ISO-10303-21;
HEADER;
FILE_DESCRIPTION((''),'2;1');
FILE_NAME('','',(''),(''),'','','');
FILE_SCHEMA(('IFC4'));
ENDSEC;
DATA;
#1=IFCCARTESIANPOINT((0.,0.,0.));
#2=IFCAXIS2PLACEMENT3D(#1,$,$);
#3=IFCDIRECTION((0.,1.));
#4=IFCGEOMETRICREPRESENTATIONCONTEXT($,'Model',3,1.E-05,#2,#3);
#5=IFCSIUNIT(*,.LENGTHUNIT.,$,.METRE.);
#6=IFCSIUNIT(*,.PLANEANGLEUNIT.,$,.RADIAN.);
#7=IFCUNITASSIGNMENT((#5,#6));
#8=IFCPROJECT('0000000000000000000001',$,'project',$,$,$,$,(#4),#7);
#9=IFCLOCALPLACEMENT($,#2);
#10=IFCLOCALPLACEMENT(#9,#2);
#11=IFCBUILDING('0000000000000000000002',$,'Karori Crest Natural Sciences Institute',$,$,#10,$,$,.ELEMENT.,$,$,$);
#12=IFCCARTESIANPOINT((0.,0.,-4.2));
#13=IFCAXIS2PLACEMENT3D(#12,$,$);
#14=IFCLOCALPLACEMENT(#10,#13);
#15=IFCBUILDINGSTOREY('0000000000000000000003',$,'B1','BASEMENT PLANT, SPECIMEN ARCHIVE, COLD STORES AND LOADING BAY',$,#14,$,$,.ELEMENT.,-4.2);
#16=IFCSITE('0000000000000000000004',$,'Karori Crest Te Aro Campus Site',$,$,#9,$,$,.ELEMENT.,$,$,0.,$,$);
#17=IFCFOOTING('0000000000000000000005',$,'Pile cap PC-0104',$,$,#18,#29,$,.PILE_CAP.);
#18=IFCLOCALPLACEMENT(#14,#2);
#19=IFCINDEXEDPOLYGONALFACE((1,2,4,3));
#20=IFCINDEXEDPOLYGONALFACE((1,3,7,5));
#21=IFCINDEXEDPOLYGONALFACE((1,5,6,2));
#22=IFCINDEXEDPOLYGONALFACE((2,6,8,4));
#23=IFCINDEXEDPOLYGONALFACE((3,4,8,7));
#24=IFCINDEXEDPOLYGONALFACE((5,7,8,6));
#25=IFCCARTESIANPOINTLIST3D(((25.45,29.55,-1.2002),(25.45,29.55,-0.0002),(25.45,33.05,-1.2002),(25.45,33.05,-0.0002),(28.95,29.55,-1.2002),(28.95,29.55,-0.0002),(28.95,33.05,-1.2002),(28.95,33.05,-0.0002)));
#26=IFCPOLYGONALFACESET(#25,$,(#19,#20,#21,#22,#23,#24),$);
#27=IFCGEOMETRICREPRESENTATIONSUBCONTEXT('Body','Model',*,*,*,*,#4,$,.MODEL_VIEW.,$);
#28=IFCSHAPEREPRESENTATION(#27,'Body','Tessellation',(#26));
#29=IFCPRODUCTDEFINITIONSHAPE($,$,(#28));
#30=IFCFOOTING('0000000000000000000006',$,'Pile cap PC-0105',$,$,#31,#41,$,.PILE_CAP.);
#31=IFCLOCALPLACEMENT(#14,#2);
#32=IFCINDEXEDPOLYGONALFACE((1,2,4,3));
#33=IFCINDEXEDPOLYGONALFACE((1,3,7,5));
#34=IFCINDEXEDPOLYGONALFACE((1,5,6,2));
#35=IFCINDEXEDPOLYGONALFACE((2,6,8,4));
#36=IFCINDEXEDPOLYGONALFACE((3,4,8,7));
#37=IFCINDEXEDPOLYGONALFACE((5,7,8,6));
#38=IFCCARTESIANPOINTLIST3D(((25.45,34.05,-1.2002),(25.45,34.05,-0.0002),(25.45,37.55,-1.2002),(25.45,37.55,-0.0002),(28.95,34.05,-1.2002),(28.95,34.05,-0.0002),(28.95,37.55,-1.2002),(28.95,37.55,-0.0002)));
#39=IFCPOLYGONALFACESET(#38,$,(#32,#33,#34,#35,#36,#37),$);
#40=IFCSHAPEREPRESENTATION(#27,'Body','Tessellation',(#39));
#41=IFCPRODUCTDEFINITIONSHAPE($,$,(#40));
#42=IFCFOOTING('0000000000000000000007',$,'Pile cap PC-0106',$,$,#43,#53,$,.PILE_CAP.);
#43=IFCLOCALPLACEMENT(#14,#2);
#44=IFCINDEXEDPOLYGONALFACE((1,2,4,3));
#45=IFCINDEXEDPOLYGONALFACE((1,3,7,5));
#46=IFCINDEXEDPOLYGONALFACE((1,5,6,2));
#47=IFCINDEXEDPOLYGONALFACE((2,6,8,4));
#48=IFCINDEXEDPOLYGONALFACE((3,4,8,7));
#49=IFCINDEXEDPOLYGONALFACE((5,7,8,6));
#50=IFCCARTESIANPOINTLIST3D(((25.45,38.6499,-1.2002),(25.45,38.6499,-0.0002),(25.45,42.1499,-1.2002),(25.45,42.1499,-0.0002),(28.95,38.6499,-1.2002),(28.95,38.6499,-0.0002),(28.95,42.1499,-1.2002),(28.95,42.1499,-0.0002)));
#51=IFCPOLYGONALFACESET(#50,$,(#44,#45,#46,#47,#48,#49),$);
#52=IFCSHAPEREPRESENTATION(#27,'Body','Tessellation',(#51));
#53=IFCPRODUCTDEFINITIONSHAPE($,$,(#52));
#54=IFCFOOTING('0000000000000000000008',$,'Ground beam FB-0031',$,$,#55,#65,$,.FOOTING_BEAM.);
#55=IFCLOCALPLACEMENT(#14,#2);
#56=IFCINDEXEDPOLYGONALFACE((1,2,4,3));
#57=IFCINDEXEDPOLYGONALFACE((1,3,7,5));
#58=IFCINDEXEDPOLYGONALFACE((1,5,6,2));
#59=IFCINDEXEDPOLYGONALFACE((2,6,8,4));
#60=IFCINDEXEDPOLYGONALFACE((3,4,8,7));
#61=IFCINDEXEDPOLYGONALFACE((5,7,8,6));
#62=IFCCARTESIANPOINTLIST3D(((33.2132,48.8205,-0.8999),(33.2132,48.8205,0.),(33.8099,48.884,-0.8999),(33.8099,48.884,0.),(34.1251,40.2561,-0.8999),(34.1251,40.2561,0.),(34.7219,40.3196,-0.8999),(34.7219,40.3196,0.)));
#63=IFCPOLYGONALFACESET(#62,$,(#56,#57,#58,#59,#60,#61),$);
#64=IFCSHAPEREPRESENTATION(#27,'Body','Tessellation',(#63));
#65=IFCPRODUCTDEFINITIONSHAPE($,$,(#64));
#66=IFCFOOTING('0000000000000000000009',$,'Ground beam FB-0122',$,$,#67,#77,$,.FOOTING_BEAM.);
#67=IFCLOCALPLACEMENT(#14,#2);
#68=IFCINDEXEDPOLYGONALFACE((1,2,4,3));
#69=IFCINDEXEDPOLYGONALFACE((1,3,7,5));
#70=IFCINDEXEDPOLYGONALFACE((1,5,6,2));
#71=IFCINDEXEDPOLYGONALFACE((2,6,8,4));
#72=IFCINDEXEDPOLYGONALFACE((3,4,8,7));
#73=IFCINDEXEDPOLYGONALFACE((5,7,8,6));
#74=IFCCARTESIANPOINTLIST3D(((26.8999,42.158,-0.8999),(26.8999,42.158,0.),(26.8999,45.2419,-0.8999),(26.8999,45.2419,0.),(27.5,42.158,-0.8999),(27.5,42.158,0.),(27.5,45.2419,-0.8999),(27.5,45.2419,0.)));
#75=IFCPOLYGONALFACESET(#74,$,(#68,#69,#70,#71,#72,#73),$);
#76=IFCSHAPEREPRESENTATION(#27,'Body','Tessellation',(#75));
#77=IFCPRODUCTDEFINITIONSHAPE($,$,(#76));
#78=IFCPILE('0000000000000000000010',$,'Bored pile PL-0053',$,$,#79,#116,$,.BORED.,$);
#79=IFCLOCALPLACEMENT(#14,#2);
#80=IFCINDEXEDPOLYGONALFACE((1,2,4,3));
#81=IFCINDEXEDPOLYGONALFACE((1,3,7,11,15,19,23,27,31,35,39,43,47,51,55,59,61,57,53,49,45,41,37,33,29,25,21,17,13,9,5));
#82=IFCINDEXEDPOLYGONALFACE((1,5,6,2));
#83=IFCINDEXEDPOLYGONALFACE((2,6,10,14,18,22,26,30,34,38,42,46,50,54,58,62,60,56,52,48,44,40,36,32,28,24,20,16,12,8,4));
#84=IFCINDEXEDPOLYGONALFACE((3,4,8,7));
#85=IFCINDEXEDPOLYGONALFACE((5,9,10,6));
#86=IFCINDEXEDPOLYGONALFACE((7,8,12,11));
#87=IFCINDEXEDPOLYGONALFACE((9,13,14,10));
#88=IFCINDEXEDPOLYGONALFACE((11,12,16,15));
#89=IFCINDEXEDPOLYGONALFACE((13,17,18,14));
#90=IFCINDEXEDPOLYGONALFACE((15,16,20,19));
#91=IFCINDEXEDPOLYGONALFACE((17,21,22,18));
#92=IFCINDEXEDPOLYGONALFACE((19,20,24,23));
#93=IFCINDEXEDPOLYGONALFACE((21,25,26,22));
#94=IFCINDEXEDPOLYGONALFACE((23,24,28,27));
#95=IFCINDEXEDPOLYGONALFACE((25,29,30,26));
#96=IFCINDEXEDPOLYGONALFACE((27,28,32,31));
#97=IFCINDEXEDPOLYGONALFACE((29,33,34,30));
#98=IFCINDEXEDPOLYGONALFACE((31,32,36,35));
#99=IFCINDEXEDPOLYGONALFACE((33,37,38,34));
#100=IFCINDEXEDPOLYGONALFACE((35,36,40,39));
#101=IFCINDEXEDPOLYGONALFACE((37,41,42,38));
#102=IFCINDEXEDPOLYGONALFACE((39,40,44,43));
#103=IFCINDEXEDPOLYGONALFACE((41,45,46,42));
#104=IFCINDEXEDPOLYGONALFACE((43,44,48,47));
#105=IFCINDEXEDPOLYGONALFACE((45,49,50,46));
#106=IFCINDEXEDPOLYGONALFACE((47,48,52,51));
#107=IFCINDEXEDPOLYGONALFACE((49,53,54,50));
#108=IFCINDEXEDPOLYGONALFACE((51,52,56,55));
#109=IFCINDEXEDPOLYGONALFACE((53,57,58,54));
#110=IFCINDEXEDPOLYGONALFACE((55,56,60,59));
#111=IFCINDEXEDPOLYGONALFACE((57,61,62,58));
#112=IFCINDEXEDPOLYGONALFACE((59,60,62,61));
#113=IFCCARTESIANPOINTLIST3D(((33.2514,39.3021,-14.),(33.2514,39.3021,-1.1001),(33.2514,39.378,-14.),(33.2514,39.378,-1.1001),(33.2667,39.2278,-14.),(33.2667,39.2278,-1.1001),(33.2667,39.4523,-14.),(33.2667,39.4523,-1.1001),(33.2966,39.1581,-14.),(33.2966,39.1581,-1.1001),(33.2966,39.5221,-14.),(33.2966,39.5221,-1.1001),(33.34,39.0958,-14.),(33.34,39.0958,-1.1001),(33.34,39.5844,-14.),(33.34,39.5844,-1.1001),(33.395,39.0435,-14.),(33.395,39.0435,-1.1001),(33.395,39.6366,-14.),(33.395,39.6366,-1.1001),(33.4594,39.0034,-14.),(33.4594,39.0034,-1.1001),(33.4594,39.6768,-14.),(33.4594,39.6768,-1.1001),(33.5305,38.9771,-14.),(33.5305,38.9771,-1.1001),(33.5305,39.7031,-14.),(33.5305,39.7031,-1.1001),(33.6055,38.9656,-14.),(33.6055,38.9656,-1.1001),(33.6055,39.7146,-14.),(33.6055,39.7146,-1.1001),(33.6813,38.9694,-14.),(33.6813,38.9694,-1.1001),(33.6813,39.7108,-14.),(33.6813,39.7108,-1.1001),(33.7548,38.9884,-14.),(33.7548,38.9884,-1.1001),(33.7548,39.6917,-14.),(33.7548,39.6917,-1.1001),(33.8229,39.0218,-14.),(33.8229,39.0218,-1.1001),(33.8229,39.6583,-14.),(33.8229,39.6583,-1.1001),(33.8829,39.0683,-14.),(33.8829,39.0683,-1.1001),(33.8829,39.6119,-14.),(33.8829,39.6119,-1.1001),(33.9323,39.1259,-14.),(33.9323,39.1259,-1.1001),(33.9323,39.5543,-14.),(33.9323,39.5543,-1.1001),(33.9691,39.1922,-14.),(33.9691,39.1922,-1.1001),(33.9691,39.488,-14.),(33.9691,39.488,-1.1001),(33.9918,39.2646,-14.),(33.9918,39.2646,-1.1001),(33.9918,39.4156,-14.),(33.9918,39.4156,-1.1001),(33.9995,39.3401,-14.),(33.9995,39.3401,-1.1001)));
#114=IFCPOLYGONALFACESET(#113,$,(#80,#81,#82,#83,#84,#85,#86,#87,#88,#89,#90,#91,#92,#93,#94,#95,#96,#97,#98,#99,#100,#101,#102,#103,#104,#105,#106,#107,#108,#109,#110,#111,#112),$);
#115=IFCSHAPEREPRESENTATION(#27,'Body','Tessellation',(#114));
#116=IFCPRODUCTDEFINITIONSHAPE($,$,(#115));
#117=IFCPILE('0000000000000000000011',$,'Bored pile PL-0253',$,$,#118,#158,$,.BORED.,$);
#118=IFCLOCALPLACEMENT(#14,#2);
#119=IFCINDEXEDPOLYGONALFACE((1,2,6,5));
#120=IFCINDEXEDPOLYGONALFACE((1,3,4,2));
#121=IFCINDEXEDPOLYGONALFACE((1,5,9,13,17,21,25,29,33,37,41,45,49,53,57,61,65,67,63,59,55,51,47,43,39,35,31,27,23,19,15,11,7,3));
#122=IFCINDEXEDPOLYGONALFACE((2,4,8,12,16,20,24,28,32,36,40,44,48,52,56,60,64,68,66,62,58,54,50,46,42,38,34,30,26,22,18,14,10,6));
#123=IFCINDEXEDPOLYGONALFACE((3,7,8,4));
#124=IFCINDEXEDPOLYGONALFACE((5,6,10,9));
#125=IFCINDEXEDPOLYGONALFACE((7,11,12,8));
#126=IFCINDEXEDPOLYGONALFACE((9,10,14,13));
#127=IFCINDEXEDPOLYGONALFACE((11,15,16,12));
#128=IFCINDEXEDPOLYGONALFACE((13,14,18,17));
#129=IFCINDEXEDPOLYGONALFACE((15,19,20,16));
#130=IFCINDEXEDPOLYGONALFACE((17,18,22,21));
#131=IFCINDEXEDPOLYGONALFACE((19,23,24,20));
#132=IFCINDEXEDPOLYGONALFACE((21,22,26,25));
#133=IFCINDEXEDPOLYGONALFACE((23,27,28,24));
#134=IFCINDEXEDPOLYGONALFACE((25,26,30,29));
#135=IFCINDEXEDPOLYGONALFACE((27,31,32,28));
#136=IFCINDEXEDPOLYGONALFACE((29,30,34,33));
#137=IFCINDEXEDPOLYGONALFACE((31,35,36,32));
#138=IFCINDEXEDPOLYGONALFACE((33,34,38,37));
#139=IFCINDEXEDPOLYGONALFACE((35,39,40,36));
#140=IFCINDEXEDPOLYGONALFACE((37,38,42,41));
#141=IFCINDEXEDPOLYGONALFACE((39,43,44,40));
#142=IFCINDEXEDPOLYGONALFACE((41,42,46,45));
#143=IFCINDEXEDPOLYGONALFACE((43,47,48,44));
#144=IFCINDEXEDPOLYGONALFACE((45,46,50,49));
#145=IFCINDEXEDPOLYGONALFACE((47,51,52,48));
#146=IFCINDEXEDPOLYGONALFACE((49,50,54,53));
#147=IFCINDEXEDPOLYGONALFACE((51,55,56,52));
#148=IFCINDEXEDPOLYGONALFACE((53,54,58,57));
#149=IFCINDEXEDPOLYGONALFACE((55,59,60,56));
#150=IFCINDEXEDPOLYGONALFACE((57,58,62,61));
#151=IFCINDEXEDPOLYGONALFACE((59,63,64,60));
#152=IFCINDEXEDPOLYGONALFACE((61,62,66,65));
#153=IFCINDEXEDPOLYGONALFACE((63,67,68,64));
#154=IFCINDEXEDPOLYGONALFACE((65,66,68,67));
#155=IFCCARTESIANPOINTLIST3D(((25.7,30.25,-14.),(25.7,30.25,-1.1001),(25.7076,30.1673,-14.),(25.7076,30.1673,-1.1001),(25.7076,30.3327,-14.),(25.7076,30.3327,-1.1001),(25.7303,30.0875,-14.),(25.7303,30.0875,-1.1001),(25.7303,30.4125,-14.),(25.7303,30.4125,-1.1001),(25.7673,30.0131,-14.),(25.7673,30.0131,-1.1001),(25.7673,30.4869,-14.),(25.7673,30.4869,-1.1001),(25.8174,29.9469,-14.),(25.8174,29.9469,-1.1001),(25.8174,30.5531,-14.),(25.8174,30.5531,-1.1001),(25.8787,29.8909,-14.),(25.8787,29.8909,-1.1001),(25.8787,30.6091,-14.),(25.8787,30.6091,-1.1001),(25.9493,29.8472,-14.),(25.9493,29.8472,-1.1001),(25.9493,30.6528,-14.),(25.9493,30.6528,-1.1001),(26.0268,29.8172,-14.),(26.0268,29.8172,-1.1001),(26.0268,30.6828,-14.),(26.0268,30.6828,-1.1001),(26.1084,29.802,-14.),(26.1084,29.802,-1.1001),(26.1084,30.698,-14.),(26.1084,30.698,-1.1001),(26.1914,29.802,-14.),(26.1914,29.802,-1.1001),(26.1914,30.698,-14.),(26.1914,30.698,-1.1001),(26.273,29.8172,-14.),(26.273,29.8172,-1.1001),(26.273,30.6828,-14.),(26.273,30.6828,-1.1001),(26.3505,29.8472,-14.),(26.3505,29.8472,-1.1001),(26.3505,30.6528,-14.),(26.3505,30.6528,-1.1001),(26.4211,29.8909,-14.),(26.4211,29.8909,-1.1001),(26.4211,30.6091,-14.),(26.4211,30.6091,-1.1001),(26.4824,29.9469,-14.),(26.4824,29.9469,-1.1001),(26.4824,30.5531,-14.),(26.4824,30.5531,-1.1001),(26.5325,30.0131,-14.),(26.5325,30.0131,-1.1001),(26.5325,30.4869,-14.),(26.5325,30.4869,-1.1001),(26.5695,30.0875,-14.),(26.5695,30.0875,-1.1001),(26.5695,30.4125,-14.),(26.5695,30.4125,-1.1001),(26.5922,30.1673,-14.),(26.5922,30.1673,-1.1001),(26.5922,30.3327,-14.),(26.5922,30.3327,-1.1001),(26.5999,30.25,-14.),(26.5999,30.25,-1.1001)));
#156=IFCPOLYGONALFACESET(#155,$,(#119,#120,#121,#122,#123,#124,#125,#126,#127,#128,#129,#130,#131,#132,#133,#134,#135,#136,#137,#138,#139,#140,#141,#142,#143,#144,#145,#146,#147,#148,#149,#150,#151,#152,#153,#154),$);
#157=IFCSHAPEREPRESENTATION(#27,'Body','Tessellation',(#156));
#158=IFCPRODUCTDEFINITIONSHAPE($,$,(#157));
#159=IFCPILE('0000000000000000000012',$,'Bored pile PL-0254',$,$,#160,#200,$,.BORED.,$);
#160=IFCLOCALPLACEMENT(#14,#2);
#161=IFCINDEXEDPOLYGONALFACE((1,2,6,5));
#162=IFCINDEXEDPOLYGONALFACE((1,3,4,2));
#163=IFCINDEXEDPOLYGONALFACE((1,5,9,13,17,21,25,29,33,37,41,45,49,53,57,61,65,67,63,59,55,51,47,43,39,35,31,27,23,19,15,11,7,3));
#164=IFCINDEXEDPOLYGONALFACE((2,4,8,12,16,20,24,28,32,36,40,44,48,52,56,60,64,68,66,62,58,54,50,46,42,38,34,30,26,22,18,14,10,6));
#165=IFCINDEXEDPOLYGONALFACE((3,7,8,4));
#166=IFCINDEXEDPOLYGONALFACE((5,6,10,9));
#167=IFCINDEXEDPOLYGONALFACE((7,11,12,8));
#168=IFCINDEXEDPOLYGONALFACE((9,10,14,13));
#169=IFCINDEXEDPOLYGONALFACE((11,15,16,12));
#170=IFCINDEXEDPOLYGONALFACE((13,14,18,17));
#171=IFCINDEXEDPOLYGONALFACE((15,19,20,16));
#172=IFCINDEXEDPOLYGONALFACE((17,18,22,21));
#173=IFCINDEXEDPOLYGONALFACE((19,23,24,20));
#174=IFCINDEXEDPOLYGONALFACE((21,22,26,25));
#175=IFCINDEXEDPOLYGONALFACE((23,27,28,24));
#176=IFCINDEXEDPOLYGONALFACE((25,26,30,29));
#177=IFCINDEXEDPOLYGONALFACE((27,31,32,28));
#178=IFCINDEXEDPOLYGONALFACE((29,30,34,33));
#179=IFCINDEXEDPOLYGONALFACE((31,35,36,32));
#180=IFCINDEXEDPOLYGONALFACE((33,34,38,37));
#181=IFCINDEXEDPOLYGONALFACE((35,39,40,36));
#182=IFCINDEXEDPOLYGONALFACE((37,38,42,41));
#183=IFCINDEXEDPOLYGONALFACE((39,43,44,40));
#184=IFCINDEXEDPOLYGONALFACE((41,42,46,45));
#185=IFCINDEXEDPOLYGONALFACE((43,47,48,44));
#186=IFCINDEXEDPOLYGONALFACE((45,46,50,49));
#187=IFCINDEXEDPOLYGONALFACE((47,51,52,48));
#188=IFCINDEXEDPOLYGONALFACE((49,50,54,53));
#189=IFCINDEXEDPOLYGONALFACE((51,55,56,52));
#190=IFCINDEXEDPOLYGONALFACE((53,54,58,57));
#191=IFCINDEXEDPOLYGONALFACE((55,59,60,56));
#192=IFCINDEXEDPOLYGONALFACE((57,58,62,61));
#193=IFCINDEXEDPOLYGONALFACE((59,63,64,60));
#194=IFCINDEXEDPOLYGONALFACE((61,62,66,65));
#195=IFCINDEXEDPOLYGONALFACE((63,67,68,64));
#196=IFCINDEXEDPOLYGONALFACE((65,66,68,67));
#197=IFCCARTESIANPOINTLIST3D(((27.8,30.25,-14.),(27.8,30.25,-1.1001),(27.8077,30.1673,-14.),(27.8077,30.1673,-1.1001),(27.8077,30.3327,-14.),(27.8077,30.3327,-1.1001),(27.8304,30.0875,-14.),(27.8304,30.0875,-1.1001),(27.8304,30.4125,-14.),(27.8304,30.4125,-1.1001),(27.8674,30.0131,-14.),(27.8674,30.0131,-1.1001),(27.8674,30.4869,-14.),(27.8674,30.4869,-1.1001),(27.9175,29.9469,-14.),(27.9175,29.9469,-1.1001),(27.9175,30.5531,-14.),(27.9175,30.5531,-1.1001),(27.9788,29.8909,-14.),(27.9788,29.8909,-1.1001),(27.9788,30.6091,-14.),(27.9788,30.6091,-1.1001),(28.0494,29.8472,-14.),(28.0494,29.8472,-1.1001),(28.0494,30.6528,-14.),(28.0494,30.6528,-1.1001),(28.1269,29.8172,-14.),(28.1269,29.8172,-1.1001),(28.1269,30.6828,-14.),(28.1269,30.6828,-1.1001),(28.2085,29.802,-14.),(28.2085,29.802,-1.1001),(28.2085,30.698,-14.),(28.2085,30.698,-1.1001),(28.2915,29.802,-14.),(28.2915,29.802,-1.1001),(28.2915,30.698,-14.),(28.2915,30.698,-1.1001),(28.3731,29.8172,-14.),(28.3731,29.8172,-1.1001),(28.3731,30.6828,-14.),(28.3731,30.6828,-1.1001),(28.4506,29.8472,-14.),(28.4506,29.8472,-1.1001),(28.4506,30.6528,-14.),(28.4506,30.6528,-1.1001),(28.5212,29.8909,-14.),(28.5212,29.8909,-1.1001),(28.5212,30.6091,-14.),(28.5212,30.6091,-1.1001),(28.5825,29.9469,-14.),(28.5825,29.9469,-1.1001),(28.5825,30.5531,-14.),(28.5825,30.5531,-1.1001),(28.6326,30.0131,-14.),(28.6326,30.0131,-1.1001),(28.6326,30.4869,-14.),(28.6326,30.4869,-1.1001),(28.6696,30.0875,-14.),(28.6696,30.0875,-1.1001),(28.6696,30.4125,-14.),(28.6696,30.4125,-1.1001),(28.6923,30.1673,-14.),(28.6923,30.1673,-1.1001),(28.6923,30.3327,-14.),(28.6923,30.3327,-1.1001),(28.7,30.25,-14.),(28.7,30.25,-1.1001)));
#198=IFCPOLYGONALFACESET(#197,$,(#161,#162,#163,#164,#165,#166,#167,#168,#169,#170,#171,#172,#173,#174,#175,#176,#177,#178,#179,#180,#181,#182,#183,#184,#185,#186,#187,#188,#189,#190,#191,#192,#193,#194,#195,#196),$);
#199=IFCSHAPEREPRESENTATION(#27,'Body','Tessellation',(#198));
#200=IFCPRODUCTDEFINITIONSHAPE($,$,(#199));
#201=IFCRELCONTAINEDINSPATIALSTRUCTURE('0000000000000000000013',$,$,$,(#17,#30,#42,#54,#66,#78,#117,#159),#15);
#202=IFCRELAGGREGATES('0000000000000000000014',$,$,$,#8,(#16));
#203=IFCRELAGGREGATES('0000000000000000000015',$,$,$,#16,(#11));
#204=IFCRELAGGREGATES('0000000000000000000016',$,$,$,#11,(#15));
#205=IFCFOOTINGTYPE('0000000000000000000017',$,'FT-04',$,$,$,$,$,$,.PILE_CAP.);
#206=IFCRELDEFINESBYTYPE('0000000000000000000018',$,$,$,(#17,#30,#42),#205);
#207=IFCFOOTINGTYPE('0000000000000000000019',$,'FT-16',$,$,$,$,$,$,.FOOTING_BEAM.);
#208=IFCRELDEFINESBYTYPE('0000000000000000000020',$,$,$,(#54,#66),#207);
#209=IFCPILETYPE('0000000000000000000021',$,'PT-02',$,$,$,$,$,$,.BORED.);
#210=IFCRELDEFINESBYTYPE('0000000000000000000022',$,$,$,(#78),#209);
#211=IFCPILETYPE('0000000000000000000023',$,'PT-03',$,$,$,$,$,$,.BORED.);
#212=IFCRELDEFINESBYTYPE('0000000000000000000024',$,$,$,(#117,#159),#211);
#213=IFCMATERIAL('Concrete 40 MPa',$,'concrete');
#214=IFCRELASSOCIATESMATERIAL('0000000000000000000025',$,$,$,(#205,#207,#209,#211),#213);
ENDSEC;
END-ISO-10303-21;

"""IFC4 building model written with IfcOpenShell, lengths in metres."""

from ifc_helpers import new_model, si_unit, direction, frame, origin, origin_2d, place, context, subcontext, project, spatial, rectangle, circle, extrude, material, material_profile, profile_set, type_object, element, save


model = new_model("IFC4")

# Units and contexts
model_context = context("Model", 3, precision=1e-05, world=origin(), true_north=direction((0.0, 1.0)))
body_context = subcontext(model_context, "Body", "Model", "MODEL_VIEW")
ifc_project = project(units=[si_unit("LENGTHUNIT", "METRE"), si_unit("PLANEANGLEUNIT", "RADIAN")], contexts=[model_context])

# Site, building, storey
site_placement = place(None, origin())
site = spatial("IfcSite", under=ifc_project, at=site_placement, Name="Karori Crest Te Aro Campus Site", CompositionType="ELEMENT", RefElevation=0.0)
building_placement = place(site_placement, origin())
building = spatial("IfcBuilding", under=site, at=building_placement, Name="Karori Crest Natural Sciences Institute", CompositionType="ELEMENT")
storey_placement = place(building_placement, frame((0.0, 0.0, -4.2)))
storey = spatial("IfcBuildingStorey", under=building, at=storey_placement, Name="B1", Description="BASEMENT PLANT, SPECIMEN ARCHIVE, COLD STORES AND LOADING BAY", CompositionType="ELEMENT", Elevation=-4.2)

# Footings
ifc_material_1 = material(Name="Concrete 40 MPa", Category="concrete")
footing_type_1 = type_object("IfcFootingType", Name="FT-04", PredefinedType="PILE_CAP", material=ifc_material_1)
for number, where, z_axis, x_axis, name in (
    (1, (27.2, 31.3, -1.2002), (0.0, 0.0, 1.0), (1.0, 0.0, 0.0), "Pile cap PC-0104"),
    (2, (27.2, 35.8, -1.2002), (0.0, 0.0, 1.0), (1.0, 0.0, 0.0), "Pile cap PC-0105"),
    (3, (27.2, 40.3999, -1.2002), (0.0, 0.0, 1.0), (1.0, 0.0, 0.0), "Pile cap PC-0106"),
):
    element("IfcFooting", number, at=place(storey_placement, frame(where, z_axis=z_axis, x_axis=x_axis)), inside=storey, type_object=footing_type_1, Name=name, PredefinedType="PILE_CAP", context=body_context, shape_type="SweptSolid", body=[
        extrude(rectangle(XDim=3.5, YDim=3.5, at=origin_2d()), origin(), (0.0, 0.0, 1.0), 1.2),
    ])
footing_type_2 = type_object("IfcFootingType", Name="FT-16", PredefinedType="FOOTING_BEAM", material=ifc_material_1)
footing_1_placement = place(storey_placement, frame((33.9675, 44.5701, -0.8999), z_axis=(0.0, 0.0, 1.0), x_axis=(-0.105881, 0.994379, 0.0)))
element("IfcFooting", 4, at=footing_1_placement, inside=storey, type_object=footing_type_2, Name="Ground beam FB-0031", PredefinedType="FOOTING_BEAM", context=body_context, shape_type="SweptSolid", body=[
    extrude(rectangle(XDim=8.6128, YDim=0.6001, at=origin_2d()), origin(), (0.0, 0.0, 1.0), 0.8999),
])
footing_2_placement = place(storey_placement, frame((27.2, 43.7, -0.8999), z_axis=(0.0, 0.0, 1.0), x_axis=(0.0, 1.0, 0.0)))
element("IfcFooting", 5, at=footing_2_placement, inside=storey, type_object=footing_type_2, Name="Ground beam FB-0122", PredefinedType="FOOTING_BEAM", context=body_context, shape_type="SweptSolid", body=[
    extrude(rectangle(XDim=3.084, YDim=0.6001, at=origin_2d()), origin(), (0.0, 0.0, 1.0), 0.8999),
])

# Piles
ifc_material_profile_1 = material_profile(ifc_material_1, circle(Radius=0.375, at=origin_2d()), Name="PILE750")
ifc_profile_set_1 = profile_set([ifc_material_profile_1], Name="Concrete 40 MPa")
pile_type_1 = type_object("IfcPileType", Name="PT-02", PredefinedType="BORED", material=ifc_profile_set_1)
pile_placement = place(storey_placement, frame((33.6245, 39.3401, -1.1001), z_axis=(0.0, 0.0, -1.0), x_axis=(1.0, 0.0, 0.0)))
element("IfcPile", 6, at=pile_placement, inside=storey, type_object=pile_type_1, Name="Bored pile PL-0053", PredefinedType="BORED", context=body_context, shape_type="SweptSolid", body=[
    extrude(circle(Radius=0.375, at=origin_2d()), origin(), (0.0, 0.0, 1.0), 12.8999),
])
ifc_material_profile_2 = material_profile(ifc_material_1, circle(Radius=0.45, at=origin_2d()), Name="PILE900")
ifc_profile_set_2 = profile_set([ifc_material_profile_2], Name="Concrete 40 MPa")
pile_type_2 = type_object("IfcPileType", Name="PT-03", PredefinedType="BORED", material=ifc_profile_set_2)
for number, where, z_axis, x_axis, name in (
    (7, (26.1499, 30.25, -1.1001), (0.0, 0.0, -1.0), (1.0, 0.0, 0.0), "Bored pile PL-0253"),
    (8, (28.25, 30.25, -1.1001), (0.0, 0.0, -1.0), (1.0, 0.0, 0.0), "Bored pile PL-0254"),
):
    element("IfcPile", number, at=place(storey_placement, frame(where, z_axis=z_axis, x_axis=x_axis)), inside=storey, type_object=pile_type_2, Name=name, PredefinedType="BORED", context=body_context, shape_type="SweptSolid", body=[
        extrude(circle(Radius=0.45, at=origin_2d()), origin(), (0.0, 0.0, 1.0), 12.8999),
    ])

save(model, "model.ifc")
